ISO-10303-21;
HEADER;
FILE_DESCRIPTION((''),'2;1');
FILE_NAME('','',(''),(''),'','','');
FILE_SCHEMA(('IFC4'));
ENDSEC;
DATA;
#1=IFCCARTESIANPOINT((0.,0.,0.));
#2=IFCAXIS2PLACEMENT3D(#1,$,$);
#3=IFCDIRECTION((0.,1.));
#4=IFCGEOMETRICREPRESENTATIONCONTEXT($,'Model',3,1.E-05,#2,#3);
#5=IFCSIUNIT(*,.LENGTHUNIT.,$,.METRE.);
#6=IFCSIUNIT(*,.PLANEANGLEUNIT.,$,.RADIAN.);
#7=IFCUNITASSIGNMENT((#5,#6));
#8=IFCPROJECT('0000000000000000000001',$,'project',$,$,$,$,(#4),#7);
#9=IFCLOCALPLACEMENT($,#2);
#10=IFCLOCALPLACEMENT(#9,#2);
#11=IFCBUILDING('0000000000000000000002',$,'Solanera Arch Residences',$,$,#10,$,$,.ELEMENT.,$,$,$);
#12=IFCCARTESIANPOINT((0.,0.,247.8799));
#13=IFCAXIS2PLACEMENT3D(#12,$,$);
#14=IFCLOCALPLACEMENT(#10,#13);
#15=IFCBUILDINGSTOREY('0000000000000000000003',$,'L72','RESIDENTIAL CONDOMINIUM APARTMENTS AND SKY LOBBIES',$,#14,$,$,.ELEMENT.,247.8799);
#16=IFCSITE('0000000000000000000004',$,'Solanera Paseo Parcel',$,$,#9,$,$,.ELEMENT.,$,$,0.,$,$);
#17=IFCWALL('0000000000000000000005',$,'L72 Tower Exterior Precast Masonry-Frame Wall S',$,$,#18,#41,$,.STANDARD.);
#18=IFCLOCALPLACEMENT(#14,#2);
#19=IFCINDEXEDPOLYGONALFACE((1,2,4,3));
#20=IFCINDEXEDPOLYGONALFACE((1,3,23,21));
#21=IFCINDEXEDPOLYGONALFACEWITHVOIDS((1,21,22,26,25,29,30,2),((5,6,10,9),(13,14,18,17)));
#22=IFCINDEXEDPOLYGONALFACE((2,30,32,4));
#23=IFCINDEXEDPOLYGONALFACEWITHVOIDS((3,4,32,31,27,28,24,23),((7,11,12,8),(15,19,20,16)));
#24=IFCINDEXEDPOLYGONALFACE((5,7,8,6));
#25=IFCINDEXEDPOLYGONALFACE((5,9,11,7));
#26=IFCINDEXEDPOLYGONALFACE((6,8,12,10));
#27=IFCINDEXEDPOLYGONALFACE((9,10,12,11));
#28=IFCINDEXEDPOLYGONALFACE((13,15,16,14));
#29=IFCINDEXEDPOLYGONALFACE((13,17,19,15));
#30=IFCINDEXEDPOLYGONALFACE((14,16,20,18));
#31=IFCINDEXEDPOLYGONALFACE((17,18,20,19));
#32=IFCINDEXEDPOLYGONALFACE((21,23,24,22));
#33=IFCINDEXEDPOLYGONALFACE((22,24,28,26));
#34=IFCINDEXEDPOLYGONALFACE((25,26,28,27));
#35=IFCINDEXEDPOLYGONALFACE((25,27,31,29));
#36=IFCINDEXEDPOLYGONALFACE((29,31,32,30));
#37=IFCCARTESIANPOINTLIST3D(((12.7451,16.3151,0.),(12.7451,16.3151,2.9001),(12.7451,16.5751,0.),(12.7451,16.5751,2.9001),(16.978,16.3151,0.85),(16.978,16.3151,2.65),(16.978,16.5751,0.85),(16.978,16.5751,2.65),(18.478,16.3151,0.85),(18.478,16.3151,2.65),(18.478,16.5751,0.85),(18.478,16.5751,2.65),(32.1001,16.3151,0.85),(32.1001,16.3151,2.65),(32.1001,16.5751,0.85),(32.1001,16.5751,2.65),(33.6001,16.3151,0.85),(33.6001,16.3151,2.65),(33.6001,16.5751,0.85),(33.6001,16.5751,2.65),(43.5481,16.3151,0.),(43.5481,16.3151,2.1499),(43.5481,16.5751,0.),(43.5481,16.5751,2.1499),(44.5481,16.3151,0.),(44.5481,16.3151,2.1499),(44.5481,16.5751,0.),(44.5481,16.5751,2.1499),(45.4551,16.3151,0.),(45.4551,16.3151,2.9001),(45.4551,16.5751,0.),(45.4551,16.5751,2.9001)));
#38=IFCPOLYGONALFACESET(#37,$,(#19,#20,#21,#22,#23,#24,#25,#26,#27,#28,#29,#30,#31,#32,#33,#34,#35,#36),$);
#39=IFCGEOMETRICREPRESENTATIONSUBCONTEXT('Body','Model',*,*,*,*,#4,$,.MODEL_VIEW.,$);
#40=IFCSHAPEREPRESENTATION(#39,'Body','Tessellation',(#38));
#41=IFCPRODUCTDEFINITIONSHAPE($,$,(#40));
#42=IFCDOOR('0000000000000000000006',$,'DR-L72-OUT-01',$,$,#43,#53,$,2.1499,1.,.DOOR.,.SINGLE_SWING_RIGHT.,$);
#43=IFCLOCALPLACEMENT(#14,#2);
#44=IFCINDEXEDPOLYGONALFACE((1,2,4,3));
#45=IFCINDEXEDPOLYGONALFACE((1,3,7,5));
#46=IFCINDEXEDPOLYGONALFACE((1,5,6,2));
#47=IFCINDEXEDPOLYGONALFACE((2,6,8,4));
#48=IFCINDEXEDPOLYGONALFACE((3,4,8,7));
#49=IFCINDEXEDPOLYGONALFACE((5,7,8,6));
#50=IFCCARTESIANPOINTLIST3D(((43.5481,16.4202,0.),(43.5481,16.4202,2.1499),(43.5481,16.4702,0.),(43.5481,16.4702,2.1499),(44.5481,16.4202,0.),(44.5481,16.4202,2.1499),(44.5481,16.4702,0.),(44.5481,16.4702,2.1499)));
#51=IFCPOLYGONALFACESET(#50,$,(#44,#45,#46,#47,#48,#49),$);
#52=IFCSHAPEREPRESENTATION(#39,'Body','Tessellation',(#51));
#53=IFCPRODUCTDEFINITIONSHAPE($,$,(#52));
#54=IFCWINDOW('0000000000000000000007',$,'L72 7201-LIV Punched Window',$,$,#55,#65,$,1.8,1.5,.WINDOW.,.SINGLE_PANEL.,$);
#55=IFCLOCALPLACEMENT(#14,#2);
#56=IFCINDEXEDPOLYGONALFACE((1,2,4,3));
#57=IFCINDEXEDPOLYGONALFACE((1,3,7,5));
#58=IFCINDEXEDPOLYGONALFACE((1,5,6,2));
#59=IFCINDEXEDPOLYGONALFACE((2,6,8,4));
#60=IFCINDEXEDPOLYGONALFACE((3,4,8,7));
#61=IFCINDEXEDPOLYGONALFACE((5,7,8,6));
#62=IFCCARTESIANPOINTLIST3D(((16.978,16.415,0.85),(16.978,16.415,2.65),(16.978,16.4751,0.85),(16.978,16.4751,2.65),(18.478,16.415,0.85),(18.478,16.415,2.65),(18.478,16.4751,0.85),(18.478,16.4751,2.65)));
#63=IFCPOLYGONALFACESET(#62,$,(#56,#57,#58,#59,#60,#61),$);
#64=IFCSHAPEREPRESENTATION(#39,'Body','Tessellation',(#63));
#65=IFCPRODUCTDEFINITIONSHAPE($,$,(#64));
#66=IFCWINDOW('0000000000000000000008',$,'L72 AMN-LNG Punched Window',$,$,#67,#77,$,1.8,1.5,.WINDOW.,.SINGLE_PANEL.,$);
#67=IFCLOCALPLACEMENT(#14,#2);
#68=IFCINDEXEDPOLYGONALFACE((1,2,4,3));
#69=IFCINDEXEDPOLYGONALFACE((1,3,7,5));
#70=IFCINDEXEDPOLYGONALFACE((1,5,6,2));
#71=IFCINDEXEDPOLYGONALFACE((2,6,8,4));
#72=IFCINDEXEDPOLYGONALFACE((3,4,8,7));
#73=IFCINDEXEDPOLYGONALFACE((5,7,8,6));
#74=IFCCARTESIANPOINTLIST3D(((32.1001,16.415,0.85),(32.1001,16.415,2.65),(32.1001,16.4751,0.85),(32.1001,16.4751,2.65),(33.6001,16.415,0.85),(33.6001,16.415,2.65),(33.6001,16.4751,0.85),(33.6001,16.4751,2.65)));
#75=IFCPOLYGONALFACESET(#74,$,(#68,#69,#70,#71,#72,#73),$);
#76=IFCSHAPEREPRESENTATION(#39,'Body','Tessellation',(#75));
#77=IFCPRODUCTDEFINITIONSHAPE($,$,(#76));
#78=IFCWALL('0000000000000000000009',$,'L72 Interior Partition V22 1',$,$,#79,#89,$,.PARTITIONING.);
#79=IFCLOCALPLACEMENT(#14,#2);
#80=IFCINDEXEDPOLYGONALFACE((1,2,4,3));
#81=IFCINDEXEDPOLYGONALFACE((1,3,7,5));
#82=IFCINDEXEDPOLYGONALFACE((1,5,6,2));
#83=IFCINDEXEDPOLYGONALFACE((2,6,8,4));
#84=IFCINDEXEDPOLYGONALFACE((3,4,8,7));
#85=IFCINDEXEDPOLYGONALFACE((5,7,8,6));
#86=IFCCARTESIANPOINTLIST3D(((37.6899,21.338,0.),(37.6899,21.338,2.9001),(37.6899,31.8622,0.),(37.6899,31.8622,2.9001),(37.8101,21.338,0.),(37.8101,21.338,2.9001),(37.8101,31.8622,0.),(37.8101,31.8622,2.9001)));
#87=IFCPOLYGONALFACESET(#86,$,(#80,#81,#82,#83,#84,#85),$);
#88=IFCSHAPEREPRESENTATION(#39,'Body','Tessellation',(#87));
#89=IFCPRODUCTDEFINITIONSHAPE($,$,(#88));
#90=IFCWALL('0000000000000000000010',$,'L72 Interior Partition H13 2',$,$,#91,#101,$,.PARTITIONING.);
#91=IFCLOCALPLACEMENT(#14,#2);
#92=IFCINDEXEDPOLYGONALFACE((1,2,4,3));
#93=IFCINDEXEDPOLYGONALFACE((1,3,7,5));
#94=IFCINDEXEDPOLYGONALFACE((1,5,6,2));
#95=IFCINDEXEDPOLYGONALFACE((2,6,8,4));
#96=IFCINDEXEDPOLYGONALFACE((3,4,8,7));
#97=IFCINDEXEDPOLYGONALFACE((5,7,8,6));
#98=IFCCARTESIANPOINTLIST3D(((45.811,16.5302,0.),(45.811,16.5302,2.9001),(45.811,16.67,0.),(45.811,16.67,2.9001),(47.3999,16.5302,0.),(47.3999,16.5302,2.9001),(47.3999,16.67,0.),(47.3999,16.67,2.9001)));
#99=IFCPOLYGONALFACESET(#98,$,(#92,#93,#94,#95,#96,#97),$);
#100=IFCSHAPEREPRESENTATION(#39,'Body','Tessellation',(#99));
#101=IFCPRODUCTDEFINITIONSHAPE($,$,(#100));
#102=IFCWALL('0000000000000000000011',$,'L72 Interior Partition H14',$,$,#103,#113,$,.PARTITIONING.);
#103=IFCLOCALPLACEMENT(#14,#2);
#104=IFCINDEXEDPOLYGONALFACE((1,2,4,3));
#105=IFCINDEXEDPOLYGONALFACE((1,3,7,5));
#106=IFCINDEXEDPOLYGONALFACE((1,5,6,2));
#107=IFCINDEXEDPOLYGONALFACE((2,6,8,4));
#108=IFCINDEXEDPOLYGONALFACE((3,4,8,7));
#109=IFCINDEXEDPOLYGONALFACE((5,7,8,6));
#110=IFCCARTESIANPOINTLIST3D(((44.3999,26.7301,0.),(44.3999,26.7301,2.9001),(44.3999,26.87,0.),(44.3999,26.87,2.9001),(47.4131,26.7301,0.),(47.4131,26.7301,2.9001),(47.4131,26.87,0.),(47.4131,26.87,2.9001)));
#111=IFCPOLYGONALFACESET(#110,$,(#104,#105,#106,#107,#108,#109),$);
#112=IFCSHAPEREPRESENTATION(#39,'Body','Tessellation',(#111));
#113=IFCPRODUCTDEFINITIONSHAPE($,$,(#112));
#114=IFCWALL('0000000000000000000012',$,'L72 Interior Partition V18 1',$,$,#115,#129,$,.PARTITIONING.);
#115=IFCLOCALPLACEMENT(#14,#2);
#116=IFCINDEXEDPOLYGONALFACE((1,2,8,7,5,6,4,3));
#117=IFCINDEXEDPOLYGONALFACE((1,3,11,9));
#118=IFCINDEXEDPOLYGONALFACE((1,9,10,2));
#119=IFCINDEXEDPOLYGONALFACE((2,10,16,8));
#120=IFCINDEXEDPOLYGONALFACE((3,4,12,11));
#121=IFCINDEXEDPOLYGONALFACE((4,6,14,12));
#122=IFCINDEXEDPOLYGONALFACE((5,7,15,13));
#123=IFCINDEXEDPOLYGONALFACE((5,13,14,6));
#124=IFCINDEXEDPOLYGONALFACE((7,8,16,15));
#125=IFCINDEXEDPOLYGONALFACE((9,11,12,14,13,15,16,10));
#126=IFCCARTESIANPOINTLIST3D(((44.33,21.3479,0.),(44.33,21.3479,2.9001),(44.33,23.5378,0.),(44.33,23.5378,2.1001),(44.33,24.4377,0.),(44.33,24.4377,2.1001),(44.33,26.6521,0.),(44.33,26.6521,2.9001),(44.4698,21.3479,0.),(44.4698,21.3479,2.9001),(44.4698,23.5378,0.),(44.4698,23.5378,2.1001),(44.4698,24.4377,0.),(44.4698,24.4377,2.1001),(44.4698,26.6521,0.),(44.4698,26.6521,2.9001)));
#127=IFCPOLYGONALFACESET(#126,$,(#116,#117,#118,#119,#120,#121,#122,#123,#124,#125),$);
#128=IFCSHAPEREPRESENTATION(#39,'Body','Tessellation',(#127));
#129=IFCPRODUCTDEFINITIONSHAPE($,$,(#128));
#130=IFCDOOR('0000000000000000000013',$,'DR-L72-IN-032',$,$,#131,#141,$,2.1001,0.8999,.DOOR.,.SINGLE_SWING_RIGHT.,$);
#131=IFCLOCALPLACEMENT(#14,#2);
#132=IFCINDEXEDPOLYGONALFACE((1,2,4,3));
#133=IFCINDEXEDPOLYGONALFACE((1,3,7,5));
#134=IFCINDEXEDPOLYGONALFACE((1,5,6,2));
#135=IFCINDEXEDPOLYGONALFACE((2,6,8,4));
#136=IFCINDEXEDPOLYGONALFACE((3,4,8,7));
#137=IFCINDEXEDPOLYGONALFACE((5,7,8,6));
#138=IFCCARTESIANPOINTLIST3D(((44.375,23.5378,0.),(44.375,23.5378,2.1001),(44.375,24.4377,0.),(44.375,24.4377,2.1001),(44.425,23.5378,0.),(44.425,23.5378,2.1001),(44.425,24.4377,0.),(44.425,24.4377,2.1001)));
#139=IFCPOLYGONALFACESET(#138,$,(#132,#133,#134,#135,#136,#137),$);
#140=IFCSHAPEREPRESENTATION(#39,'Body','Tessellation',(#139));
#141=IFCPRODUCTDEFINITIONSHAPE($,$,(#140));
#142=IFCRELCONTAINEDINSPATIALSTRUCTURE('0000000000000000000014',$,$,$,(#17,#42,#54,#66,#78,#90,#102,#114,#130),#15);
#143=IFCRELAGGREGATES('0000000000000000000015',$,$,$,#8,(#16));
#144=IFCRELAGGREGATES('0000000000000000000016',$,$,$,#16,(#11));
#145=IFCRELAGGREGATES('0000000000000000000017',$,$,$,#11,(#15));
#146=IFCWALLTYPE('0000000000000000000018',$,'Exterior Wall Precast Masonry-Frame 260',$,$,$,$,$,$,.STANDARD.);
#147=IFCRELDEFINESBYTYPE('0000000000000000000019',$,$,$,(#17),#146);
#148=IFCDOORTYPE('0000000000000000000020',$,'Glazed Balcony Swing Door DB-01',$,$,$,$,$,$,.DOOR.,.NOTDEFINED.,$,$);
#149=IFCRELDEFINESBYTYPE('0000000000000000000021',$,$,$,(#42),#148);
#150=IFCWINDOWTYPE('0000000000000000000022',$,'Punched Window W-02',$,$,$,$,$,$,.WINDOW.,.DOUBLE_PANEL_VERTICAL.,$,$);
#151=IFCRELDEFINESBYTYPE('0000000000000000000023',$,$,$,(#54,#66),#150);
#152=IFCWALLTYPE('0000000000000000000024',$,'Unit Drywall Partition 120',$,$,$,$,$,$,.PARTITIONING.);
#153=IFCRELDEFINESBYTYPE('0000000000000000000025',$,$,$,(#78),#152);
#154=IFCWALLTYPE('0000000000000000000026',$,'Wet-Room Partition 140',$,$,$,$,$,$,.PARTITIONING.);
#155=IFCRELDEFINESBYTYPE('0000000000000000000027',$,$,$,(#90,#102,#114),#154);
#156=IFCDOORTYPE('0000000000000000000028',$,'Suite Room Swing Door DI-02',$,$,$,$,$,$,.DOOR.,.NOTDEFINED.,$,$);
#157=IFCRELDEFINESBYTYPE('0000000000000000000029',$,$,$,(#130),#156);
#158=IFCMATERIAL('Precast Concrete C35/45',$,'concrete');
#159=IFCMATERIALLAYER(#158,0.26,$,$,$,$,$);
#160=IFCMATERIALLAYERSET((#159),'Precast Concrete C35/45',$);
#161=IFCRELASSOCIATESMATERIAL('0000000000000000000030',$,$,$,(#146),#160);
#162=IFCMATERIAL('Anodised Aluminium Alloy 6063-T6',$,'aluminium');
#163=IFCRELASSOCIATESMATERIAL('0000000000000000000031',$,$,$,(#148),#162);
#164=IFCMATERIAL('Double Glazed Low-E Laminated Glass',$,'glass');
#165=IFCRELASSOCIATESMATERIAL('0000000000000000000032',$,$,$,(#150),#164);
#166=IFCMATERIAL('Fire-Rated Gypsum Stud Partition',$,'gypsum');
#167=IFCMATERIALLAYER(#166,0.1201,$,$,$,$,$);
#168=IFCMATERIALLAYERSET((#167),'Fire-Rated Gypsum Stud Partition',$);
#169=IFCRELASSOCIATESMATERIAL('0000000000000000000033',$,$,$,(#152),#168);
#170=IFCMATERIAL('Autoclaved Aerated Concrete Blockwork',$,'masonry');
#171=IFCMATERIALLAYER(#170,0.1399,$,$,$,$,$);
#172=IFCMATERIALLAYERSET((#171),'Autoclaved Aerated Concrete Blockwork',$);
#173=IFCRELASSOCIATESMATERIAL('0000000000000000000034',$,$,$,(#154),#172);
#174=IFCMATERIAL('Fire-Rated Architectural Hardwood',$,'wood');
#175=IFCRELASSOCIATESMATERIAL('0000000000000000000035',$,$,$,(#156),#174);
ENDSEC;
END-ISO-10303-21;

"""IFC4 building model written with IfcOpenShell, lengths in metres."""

from ifc_helpers import new_model, si_unit, direction, frame, frame_2d, origin, place, context, subcontext, project, spatial, rectangle, extrude, material, layer, layer_set, type_object, element, fill, save


model = new_model("IFC4")

# Units and contexts
model_context = context("Model", 3, precision=1e-05, world=origin(), true_north=direction((0.0, 1.0)))
body_context = subcontext(model_context, "Body", "Model", "MODEL_VIEW")
ifc_project = project(units=[si_unit("LENGTHUNIT", "METRE"), si_unit("PLANEANGLEUNIT", "RADIAN")], contexts=[model_context])

# Site, building, storey
site_placement = place(None, origin())
site = spatial("IfcSite", under=ifc_project, at=site_placement, Name="Solanera Paseo Parcel", CompositionType="ELEMENT", RefElevation=0.0)
building_placement = place(site_placement, origin())
building = spatial("IfcBuilding", under=site, at=building_placement, Name="Solanera Arch Residences", CompositionType="ELEMENT")
storey_placement = place(building_placement, frame((0.0, 0.0, 247.8799)))
storey = spatial("IfcBuildingStorey", under=building, at=storey_placement, Name="L72", Description="RESIDENTIAL CONDOMINIUM APARTMENTS AND SKY LOBBIES", CompositionType="ELEMENT", Elevation=247.8799)

# Shared definitions
ifc_material_1 = material(Name="Precast Concrete C35/45", Category="concrete")
ifc_layer_1 = layer(ifc_material_1, 0.26)
ifc_layer_set_1 = layer_set([ifc_layer_1], Name="Precast Concrete C35/45")
wall_type_1 = type_object("IfcWallType", Name="Exterior Wall Precast Masonry-Frame 260", PredefinedType="STANDARD", material=ifc_layer_set_1)

# Wall, openings, door, windows
wall_1_placement = place(storey_placement, frame((45.4551, 16.4451, 0.0), z_axis=(0.0, 0.0, 1.0), x_axis=(-1.0, 0.0, 0.0)))
wall_1 = element("IfcWall", 1, at=wall_1_placement, inside=storey, type_object=wall_type_1, Name="L72 Tower Exterior Precast Masonry-Frame Wall S", PredefinedType="STANDARD", context=body_context, shape_type="SweptSolid", body=[
    extrude(rectangle(XDim=32.71, YDim=0.26, at=frame_2d((16.355, 0.0))), origin(), (0.0, 0.0, 1.0), 2.9001),
])
opening_1_placement = place(wall_1_placement, frame((0.907, 0.0, 0.0)))
opening_1 = element("IfcOpeningElement", 2, at=opening_1_placement, cuts=wall_1, PredefinedType="OPENING", context=body_context, shape_type="SweptSolid", body=[
    extrude(rectangle(XDim=1.0, YDim=2.1499, at=frame_2d((0.5, 1.075))), frame((0.0, 0.1399, 0.0), z_axis=(0.0, -1.0, 0.0), x_axis=(1.0, 0.0, 0.0)), (0.0, 0.0, 1.0), 0.28),
])
opening_2_placement = place(wall_1_placement, frame((26.9771, 0.0, 0.8501)))
opening_2 = element("IfcOpeningElement", 3, at=opening_2_placement, cuts=wall_1, PredefinedType="OPENING", context=body_context, shape_type="SweptSolid", body=[
    extrude(rectangle(XDim=1.5, YDim=1.8, at=frame_2d((0.75, 0.8999))), frame((0.0, 0.1399, 0.0), z_axis=(0.0, -1.0, 0.0), x_axis=(1.0, 0.0, 0.0)), (0.0, 0.0, 1.0), 0.28),
])
opening_3_placement = place(wall_1_placement, frame((11.855, 0.0, 0.8501)))
opening_3 = element("IfcOpeningElement", 4, at=opening_3_placement, cuts=wall_1, PredefinedType="OPENING", context=body_context, shape_type="SweptSolid", body=[
    extrude(rectangle(XDim=1.5, YDim=1.8, at=frame_2d((0.75, 0.8999))), frame((0.0, 0.1399, 0.0), z_axis=(0.0, -1.0, 0.0), x_axis=(1.0, 0.0, 0.0)), (0.0, 0.0, 1.0), 0.28),
])
ifc_material_2 = material(Name="Anodised Aluminium Alloy 6063-T6", Category="aluminium")
door_type_1 = type_object("IfcDoorType", Name="Glazed Balcony Swing Door DB-01", OperationType="NOTDEFINED", PredefinedType="DOOR", material=ifc_material_2)
door_1_placement = place(opening_1_placement, origin())
door_1 = element("IfcDoor", 5, at=door_1_placement, inside=storey, type_object=door_type_1, Name="DR-L72-OUT-01", OperationType="SINGLE_SWING_RIGHT", OverallHeight=2.1499, OverallWidth=1.0, PredefinedType="DOOR", context=body_context, shape_type="SweptSolid", body=[
    extrude(rectangle(XDim=1.0, YDim=2.1499, at=frame_2d((0.5, 1.075))), frame((0.0, 0.0249, 0.0), z_axis=(0.0, -1.0, 0.0), x_axis=(1.0, 0.0, 0.0)), (0.0, 0.0, 1.0), 0.05),
])
fill(opening_1, door_1)
ifc_material_3 = material(Name="Double Glazed Low-E Laminated Glass", Category="glass")
window_type = type_object("IfcWindowType", Name="Punched Window W-02", PartitioningType="DOUBLE_PANEL_VERTICAL", PredefinedType="WINDOW", material=ifc_material_3)
window_1_placement = place(opening_2_placement, origin())
window_1 = element("IfcWindow", 6, at=window_1_placement, inside=storey, type_object=window_type, Name="L72 7201-LIV Punched Window", OverallHeight=1.8, OverallWidth=1.5, PartitioningType="SINGLE_PANEL", PredefinedType="WINDOW", context=body_context, shape_type="SweptSolid", body=[
    extrude(rectangle(XDim=1.5, YDim=1.8, at=frame_2d((0.75, 0.8999))), frame((0.0, 0.03, 0.0), z_axis=(0.0, -1.0, 0.0), x_axis=(1.0, 0.0, 0.0)), (0.0, 0.0, 1.0), 0.0601),
])
fill(opening_2, window_1)
window_2_placement = place(opening_3_placement, origin())
window_2 = element("IfcWindow", 7, at=window_2_placement, inside=storey, type_object=window_type, Name="L72 AMN-LNG Punched Window", OverallHeight=1.8, OverallWidth=1.5, PartitioningType="SINGLE_PANEL", PredefinedType="WINDOW", context=body_context, shape_type="SweptSolid", body=[
    extrude(rectangle(XDim=1.5, YDim=1.8, at=frame_2d((0.75, 0.8999))), frame((0.0, 0.03, 0.0), z_axis=(0.0, -1.0, 0.0), x_axis=(1.0, 0.0, 0.0)), (0.0, 0.0, 1.0), 0.0601),
])
fill(opening_3, window_2)

# Walls
ifc_material_4 = material(Name="Fire-Rated Gypsum Stud Partition", Category="gypsum")
ifc_layer_2 = layer(ifc_material_4, 0.1201)
ifc_layer_set_2 = layer_set([ifc_layer_2], Name="Fire-Rated Gypsum Stud Partition")
wall_type_2 = type_object("IfcWallType", Name="Unit Drywall Partition 120", PredefinedType="PARTITIONING", material=ifc_layer_set_2)
wall_2_placement = place(storey_placement, frame((37.75, 21.3379, 0.0), z_axis=(0.0, 0.0, 1.0), x_axis=(0.0, 1.0, 0.0)))
element("IfcWall", 8, at=wall_2_placement, inside=storey, type_object=wall_type_2, Name="L72 Interior Partition V22 1", PredefinedType="PARTITIONING", context=body_context, shape_type="SweptSolid", body=[
    extrude(rectangle(XDim=10.5242, YDim=0.1201, at=frame_2d((5.2622, 0.0))), origin(), (0.0, 0.0, 1.0), 2.9001),
])
ifc_material_5 = material(Name="Autoclaved Aerated Concrete Blockwork", Category="masonry")
ifc_layer_3 = layer(ifc_material_5, 0.1399)
ifc_layer_set_3 = layer_set([ifc_layer_3], Name="Autoclaved Aerated Concrete Blockwork")
wall_type_3 = type_object("IfcWallType", Name="Wet-Room Partition 140", PredefinedType="PARTITIONING", material=ifc_layer_set_3)
wall_3_placement = place(storey_placement, frame((45.811, 16.6001, 0.0), z_axis=(0.0, 0.0, 1.0), x_axis=(1.0, 0.0, 0.0)))
element("IfcWall", 9, at=wall_3_placement, inside=storey, type_object=wall_type_3, Name="L72 Interior Partition H13 2", PredefinedType="PARTITIONING", context=body_context, shape_type="SweptSolid", body=[
    extrude(rectangle(XDim=1.5889, YDim=0.1399, at=frame_2d((0.7944, 0.0))), origin(), (0.0, 0.0, 1.0), 2.9001),
])
wall_4_placement = place(storey_placement, frame((44.3999, 26.8, 0.0), z_axis=(0.0, 0.0, 1.0), x_axis=(1.0, 0.0, 0.0)))
element("IfcWall", 10, at=wall_4_placement, inside=storey, type_object=wall_type_3, Name="L72 Interior Partition H14", PredefinedType="PARTITIONING", context=body_context, shape_type="SweptSolid", body=[
    extrude(rectangle(XDim=3.0132, YDim=0.1399, at=frame_2d((1.5066, 0.0))), origin(), (0.0, 0.0, 1.0), 2.9001),
])

# Wall, opening, door
wall_5_placement = place(storey_placement, frame((44.3999, 21.3479, 0.0), z_axis=(0.0, 0.0, 1.0), x_axis=(0.0, 1.0, 0.0)))
wall_5 = element("IfcWall", 11, at=wall_5_placement, inside=storey, type_object=wall_type_3, Name="L72 Interior Partition V18 1", PredefinedType="PARTITIONING", context=body_context, shape_type="SweptSolid", body=[
    extrude(rectangle(XDim=5.3042, YDim=0.1399, at=frame_2d((2.6521, 0.0))), origin(), (0.0, 0.0, 1.0), 2.9001),
])
opening_4_placement = place(wall_5_placement, frame((2.1899, 0.0, 0.0)))
opening_4 = element("IfcOpeningElement", 12, at=opening_4_placement, cuts=wall_5, PredefinedType="OPENING", context=body_context, shape_type="SweptSolid", body=[
    extrude(rectangle(XDim=0.8999, YDim=2.1001, at=frame_2d((0.45, 1.05))), frame((0.0, 0.0798, 0.0), z_axis=(0.0, -1.0, 0.0), x_axis=(1.0, 0.0, 0.0)), (0.0, 0.0, 1.0), 0.1599),
])
ifc_material_6 = material(Name="Fire-Rated Architectural Hardwood", Category="wood")
door_type_2 = type_object("IfcDoorType", Name="Suite Room Swing Door DI-02", OperationType="NOTDEFINED", PredefinedType="DOOR", material=ifc_material_6)
door_2_placement = place(opening_4_placement, origin())
door_2 = element("IfcDoor", 13, at=door_2_placement, inside=storey, type_object=door_type_2, Name="DR-L72-IN-032", OperationType="SINGLE_SWING_RIGHT", OverallHeight=2.1001, OverallWidth=0.8999, PredefinedType="DOOR", context=body_context, shape_type="SweptSolid", body=[
    extrude(rectangle(XDim=0.8999, YDim=2.1001, at=frame_2d((0.45, 1.05))), frame((0.0, 0.0249, 0.0), z_axis=(0.0, -1.0, 0.0), x_axis=(1.0, 0.0, 0.0)), (0.0, 0.0, 1.0), 0.05),
])
fill(opening_4, door_2)

save(model, "model.ifc")
